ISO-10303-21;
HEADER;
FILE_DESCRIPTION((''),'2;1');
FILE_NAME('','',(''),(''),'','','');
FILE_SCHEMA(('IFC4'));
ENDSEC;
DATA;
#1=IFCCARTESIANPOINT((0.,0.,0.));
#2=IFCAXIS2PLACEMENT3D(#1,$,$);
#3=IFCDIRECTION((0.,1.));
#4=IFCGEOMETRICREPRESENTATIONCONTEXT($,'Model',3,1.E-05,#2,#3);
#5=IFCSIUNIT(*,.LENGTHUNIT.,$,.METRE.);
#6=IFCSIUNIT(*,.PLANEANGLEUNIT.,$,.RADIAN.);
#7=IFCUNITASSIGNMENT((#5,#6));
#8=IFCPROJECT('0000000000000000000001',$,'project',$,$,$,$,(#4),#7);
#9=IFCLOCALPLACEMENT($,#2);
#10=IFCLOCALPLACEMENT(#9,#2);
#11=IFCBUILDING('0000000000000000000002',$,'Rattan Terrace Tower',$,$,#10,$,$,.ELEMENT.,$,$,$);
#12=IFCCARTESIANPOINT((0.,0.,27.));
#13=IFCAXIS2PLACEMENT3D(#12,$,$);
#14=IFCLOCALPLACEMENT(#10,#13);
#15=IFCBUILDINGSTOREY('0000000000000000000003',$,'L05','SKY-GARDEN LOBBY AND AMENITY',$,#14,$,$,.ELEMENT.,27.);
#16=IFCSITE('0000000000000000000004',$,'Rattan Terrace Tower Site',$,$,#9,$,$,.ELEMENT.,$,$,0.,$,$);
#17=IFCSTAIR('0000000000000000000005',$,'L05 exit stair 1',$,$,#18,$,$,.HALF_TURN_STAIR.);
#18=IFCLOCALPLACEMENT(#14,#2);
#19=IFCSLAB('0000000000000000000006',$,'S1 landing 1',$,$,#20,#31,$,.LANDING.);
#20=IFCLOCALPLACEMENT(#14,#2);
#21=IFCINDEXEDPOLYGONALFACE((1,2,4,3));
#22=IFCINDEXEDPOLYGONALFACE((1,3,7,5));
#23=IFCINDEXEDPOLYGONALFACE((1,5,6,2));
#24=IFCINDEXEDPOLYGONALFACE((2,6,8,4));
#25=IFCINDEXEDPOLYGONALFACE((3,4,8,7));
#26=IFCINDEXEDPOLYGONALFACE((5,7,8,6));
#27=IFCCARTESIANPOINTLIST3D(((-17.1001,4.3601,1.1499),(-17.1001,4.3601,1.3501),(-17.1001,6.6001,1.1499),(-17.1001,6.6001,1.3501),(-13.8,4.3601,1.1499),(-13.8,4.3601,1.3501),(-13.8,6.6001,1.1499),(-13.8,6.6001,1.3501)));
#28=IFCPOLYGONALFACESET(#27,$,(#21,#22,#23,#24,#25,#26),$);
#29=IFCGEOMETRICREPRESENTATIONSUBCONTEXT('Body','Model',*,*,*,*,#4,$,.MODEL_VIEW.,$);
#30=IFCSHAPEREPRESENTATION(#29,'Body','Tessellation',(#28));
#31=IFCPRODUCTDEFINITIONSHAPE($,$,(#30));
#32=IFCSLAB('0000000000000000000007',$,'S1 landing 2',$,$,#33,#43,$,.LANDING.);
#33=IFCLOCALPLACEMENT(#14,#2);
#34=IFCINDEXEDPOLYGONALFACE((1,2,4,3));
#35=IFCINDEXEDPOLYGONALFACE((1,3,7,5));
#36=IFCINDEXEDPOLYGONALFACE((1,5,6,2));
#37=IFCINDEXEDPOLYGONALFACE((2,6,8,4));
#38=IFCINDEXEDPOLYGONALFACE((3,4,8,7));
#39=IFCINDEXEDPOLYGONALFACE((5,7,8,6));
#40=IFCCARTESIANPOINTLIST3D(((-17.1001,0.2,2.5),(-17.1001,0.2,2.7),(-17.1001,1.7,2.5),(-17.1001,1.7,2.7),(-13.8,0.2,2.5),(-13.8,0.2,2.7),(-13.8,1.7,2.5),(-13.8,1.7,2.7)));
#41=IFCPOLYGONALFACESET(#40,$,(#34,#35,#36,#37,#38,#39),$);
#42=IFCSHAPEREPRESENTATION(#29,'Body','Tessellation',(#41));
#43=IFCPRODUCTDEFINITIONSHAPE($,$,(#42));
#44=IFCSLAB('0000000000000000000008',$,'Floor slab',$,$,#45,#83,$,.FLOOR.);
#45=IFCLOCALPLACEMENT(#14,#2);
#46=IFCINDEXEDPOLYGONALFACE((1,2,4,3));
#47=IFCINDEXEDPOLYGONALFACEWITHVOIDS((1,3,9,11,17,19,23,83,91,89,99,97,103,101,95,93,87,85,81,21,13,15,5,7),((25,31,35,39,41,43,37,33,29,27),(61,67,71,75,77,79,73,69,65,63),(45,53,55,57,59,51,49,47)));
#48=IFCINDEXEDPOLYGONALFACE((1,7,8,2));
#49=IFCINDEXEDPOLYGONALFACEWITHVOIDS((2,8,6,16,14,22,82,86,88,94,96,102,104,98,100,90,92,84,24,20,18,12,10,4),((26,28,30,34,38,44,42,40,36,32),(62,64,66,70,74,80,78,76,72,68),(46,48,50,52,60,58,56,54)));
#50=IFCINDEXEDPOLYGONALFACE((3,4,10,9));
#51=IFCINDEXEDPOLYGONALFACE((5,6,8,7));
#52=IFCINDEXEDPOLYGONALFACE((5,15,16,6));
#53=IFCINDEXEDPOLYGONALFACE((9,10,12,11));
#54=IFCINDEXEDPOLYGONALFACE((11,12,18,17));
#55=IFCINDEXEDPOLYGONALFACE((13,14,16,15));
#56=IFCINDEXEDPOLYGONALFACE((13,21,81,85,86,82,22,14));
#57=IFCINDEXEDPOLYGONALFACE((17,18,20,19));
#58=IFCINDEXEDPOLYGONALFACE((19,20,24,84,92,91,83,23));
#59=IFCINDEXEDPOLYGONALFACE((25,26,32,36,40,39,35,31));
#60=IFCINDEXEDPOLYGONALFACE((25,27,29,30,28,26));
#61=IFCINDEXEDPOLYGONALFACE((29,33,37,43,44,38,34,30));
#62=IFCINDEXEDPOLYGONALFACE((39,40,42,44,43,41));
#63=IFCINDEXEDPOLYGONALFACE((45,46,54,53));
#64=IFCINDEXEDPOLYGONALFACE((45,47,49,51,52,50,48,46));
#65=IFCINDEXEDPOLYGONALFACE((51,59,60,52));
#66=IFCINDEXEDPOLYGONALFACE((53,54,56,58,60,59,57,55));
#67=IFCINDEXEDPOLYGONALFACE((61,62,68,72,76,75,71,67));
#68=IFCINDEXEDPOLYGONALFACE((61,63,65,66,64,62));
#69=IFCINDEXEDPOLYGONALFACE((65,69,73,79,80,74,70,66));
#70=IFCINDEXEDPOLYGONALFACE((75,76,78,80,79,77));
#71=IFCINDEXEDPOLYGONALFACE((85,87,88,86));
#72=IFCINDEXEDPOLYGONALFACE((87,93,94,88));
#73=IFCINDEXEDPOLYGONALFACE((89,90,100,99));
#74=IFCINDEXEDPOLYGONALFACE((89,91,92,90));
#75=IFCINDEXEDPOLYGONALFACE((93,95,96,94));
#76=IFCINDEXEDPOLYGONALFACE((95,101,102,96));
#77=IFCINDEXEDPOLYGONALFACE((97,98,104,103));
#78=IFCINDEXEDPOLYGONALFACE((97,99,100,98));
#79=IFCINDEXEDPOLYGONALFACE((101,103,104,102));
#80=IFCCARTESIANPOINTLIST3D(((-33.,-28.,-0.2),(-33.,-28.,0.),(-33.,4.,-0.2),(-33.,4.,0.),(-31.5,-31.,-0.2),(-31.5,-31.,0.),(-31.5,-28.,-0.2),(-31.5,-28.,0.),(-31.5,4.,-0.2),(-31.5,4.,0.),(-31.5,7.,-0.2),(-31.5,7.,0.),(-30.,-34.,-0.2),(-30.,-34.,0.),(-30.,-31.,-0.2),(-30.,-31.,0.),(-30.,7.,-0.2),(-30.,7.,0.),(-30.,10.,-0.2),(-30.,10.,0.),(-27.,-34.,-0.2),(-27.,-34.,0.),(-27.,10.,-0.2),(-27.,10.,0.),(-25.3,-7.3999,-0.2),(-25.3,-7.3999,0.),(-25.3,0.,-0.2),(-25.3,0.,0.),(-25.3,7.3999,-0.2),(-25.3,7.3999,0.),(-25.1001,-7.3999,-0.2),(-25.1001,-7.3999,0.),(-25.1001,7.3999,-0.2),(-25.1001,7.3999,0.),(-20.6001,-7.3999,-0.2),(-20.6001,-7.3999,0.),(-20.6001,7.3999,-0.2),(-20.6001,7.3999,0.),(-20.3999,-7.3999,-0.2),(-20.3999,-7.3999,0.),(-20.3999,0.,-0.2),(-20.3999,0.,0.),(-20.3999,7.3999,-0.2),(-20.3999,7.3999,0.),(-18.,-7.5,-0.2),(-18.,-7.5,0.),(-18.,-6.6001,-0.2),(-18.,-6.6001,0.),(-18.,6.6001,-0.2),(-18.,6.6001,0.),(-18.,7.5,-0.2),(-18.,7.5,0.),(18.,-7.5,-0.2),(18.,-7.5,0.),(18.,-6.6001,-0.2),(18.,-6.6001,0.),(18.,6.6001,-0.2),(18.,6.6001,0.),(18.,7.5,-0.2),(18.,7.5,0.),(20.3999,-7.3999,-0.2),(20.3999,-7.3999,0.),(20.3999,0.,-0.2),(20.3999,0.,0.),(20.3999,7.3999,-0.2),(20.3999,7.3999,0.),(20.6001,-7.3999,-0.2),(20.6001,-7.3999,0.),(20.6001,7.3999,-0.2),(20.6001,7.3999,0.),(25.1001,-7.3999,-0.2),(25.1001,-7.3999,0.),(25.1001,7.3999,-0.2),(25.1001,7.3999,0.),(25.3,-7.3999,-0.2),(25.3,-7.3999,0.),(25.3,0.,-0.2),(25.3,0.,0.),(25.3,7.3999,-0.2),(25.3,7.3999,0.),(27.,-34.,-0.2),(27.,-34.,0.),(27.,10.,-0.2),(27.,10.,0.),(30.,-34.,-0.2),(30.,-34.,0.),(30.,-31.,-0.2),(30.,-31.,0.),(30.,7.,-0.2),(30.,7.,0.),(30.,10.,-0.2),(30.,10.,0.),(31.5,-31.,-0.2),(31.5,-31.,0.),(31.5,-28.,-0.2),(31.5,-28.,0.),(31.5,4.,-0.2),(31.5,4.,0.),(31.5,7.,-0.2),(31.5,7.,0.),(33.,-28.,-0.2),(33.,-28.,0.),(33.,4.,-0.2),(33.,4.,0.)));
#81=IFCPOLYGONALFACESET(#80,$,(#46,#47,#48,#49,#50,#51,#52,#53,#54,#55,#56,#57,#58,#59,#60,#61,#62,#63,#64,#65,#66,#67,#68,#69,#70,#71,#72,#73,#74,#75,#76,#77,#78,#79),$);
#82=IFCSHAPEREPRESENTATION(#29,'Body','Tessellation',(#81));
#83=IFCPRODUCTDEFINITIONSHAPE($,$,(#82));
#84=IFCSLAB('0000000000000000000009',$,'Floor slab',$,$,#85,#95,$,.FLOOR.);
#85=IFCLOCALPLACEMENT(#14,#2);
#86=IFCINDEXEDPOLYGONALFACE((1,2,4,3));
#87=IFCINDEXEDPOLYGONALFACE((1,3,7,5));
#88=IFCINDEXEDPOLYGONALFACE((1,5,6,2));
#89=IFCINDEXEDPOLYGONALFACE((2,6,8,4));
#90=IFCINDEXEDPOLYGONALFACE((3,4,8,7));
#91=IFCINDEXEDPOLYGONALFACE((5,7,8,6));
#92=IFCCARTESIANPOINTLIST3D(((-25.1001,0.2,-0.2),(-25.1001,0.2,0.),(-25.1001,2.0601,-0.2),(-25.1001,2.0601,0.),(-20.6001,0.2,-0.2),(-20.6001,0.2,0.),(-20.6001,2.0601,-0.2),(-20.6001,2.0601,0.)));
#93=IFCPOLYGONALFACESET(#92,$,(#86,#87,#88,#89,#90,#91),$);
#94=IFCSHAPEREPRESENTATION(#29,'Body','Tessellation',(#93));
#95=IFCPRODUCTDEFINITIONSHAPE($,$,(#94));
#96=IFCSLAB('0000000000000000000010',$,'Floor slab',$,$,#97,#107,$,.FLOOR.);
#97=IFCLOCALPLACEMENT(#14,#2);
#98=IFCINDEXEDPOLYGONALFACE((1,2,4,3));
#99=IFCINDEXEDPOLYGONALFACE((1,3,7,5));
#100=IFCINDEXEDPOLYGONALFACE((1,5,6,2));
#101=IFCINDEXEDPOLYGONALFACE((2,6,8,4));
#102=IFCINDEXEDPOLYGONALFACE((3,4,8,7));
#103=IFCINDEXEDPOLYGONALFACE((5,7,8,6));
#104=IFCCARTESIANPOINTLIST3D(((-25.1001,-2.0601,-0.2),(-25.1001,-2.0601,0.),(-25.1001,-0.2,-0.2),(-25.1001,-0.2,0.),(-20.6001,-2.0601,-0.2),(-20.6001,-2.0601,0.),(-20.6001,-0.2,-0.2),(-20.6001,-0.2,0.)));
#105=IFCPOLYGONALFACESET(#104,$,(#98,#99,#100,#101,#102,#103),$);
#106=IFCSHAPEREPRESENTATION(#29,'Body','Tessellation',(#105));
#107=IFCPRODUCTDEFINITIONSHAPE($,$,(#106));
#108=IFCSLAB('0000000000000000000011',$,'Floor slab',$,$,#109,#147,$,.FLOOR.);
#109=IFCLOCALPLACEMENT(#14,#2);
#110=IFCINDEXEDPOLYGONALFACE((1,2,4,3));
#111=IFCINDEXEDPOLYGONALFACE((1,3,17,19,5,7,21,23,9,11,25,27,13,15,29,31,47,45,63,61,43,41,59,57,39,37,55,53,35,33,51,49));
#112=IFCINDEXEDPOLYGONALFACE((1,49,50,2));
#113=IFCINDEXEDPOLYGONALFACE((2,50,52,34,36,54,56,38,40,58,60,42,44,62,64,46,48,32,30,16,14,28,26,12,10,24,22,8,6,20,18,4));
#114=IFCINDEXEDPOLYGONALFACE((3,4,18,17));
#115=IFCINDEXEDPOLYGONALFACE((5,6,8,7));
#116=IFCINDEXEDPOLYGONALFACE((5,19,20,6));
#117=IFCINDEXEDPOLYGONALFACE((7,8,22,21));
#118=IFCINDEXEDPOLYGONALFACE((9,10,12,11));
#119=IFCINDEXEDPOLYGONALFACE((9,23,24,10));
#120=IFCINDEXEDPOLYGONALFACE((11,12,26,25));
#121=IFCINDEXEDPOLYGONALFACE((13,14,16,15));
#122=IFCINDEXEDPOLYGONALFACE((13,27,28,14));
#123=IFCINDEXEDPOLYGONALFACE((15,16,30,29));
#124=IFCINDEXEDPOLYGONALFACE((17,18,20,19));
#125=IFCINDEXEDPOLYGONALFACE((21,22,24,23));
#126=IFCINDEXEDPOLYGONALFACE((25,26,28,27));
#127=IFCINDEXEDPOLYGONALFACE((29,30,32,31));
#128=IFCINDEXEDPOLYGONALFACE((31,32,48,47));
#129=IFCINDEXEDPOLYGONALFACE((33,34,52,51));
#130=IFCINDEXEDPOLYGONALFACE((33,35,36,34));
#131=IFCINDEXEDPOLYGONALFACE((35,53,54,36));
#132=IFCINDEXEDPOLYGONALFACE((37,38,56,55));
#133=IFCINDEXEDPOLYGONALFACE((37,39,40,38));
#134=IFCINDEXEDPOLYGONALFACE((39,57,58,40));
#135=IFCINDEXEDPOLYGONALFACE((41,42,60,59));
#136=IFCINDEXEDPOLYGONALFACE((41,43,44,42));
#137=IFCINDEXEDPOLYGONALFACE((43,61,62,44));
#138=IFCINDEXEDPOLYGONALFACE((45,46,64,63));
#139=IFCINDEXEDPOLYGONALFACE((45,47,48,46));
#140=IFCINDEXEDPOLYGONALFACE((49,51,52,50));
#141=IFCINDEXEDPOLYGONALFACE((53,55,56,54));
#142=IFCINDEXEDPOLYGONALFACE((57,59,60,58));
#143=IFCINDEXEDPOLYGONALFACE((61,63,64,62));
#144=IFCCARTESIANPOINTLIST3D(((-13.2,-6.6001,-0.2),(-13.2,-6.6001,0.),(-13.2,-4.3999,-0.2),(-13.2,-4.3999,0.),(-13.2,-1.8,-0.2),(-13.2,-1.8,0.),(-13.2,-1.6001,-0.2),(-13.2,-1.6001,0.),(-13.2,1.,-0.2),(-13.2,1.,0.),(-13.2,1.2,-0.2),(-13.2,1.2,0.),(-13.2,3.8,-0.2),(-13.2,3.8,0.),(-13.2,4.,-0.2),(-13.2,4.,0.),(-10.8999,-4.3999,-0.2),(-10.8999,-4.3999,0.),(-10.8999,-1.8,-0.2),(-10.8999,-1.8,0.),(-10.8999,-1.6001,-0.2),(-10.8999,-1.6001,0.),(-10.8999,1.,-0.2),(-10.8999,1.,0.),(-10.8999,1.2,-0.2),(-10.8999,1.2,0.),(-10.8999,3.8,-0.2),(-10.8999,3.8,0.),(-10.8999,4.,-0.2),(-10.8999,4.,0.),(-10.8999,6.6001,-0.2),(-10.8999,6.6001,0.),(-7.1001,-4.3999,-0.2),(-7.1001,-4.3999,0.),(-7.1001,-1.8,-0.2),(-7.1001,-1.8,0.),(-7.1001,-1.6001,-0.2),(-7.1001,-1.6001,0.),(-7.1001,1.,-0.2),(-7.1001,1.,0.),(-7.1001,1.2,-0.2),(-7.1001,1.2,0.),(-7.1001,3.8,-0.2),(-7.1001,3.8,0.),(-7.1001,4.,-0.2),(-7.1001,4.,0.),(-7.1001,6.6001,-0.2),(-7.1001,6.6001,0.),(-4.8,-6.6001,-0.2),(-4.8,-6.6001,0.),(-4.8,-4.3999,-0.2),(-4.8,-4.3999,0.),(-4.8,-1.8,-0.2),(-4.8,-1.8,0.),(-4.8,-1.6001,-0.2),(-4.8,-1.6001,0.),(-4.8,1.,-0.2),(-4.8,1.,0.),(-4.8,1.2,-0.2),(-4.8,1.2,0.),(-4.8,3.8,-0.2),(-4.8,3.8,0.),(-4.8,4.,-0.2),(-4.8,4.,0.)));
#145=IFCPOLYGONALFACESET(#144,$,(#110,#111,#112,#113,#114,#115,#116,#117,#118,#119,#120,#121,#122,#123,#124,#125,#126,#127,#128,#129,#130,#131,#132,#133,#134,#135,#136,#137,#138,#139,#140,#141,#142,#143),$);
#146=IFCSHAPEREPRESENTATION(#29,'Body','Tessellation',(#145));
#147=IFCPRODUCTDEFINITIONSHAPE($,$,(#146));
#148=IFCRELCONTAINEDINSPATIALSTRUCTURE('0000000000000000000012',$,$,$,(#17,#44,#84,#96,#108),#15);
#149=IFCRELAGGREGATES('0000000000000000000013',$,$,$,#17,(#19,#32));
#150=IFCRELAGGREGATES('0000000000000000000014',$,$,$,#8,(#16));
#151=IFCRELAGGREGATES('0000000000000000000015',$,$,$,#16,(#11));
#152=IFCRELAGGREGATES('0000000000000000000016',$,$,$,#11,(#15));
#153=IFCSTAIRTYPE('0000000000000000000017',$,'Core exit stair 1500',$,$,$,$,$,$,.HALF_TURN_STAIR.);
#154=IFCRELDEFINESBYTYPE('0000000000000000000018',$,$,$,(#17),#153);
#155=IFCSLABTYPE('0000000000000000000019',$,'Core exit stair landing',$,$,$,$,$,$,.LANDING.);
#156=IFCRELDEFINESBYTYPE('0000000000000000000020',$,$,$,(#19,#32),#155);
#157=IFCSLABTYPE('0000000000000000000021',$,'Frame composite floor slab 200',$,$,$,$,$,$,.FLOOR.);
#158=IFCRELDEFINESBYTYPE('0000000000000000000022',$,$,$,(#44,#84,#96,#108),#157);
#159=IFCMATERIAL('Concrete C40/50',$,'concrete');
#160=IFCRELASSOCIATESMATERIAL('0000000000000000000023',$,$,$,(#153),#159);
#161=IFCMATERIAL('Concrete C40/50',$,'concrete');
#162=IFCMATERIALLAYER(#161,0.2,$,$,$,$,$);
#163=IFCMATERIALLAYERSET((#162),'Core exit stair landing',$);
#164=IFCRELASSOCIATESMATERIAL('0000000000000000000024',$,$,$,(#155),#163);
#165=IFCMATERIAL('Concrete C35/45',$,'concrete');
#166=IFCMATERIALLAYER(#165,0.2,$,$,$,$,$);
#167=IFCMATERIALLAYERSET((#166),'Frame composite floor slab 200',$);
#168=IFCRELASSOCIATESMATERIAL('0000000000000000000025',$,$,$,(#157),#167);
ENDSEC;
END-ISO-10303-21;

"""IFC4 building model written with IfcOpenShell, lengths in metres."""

from ifc_helpers import new_model, si_unit, direction, frame, origin, place, context, subcontext, project, spatial, polyline, outline, extrude, material, layer, layer_set, type_object, element, aggregate, save


model = new_model("IFC4")

# Units and contexts
model_context = context("Model", 3, precision=1e-05, world=origin(), true_north=direction((0.0, 1.0)))
body_context = subcontext(model_context, "Body", "Model", "MODEL_VIEW")
ifc_project = project(units=[si_unit("LENGTHUNIT", "METRE"), si_unit("PLANEANGLEUNIT", "RADIAN")], contexts=[model_context])

# Site, building, storey
site_placement = place(None, origin())
site = spatial("IfcSite", under=ifc_project, at=site_placement, Name="Rattan Terrace Tower Site", CompositionType="ELEMENT", RefElevation=0.0)
building_placement = place(site_placement, origin())
building = spatial("IfcBuilding", under=site, at=building_placement, Name="Rattan Terrace Tower", CompositionType="ELEMENT")
storey_placement = place(building_placement, frame((0.0, 0.0, 27.0)))
storey = spatial("IfcBuildingStorey", under=building, at=storey_placement, Name="L05", Description="SKY-GARDEN LOBBY AND AMENITY", CompositionType="ELEMENT", Elevation=27.0)

# Stair, slabs
ifc_material_1 = material(Name="Concrete C40/50", Category="concrete")
stair_type = type_object("IfcStairType", Name="Core exit stair 1500", PredefinedType="HALF_TURN_STAIR", material=ifc_material_1)
stair_placement = place(storey_placement, origin())
stair = element("IfcStair", 1, at=stair_placement, inside=storey, type_object=stair_type, Name="L05 exit stair 1", PredefinedType="HALF_TURN_STAIR")
ifc_material_2 = material(Name="Concrete C40/50", Category="concrete")
ifc_layer_1 = layer(ifc_material_2, 0.2)
ifc_layer_set_1 = layer_set([ifc_layer_1], Name="Core exit stair landing")
slab_type_1 = type_object("IfcSlabType", Name="Core exit stair landing", PredefinedType="LANDING", material=ifc_layer_set_1)
slab_1_placement = place(storey_placement, frame((0.0, 0.0, 1.1499)))
slab_1 = element("IfcSlab", 2, at=slab_1_placement, type_object=slab_type_1, Name="S1 landing 1", PredefinedType="LANDING", context=body_context, shape_type="SweptSolid", body=[
    extrude(outline(polyline([(-13.8, 4.3601), (-13.8, 6.6001), (-17.1001, 6.6001), (-17.1001, 4.3601), (-13.8, 4.3601)])), origin(), (0.0, 0.0, 1.0), 0.2002),
])
slab_2_placement = place(storey_placement, frame((0.0, 0.0, 2.5)))
slab_2 = element("IfcSlab", 3, at=slab_2_placement, type_object=slab_type_1, Name="S1 landing 2", PredefinedType="LANDING", context=body_context, shape_type="SweptSolid", body=[
    extrude(outline(polyline([(-13.8, 0.2), (-13.8, 1.7), (-17.1001, 1.7), (-17.1001, 0.2), (-13.8, 0.2)])), origin(), (0.0, 0.0, 1.0), 0.2),
])
aggregate(stair, [slab_1, slab_2])

# Slabs
ifc_material_3 = material(Name="Concrete C35/45", Category="concrete")
ifc_layer_2 = layer(ifc_material_3, 0.2)
ifc_layer_set_2 = layer_set([ifc_layer_2], Name="Frame composite floor slab 200")
slab_type_2 = type_object("IfcSlabType", Name="Frame composite floor slab 200", PredefinedType="FLOOR", material=ifc_layer_set_2)
slab_3_placement = place(storey_placement, frame((0.0, 0.0, -0.2)))
element("IfcSlab", 4, at=slab_3_placement, inside=storey, type_object=slab_type_2, Name="Floor slab", PredefinedType="FLOOR", context=body_context, shape_type="SweptSolid", body=[
    extrude(outline(polyline([(-27.0, -34.0), (27.0, -34.0), (30.0, -34.0), (30.0, -31.0), (31.5, -31.0), (31.5, -28.0), (33.0, -28.0), (33.0, 4.0), (31.5, 4.0), (31.5, 7.0), (30.0, 7.0), (30.0, 10.0), (27.0, 10.0), (-27.0, 10.0), (-30.0, 10.0), (-30.0, 7.0), (-31.5, 7.0), (-31.5, 4.0), (-33.0, 4.0), (-33.0, -28.0), (-31.5, -28.0), (-31.5, -31.0), (-30.0, -31.0), (-30.0, -34.0), (-27.0, -34.0)]), holes=[polyline([(-25.1001, -7.3999), (-25.1001, -7.3999), (-20.6001, -7.3999), (-20.6001, -7.3999), (-20.3999, -7.3999), (-20.3999, 0.0), (-20.3999, 7.3999), (-20.6001, 7.3999), (-20.6001, 7.3999), (-25.1001, 7.3999), (-25.1001, 7.3999), (-25.3, 7.3999), (-25.3, 0.0), (-25.3, -7.3999), (-25.1001, -7.3999)]), polyline([(18.0, -6.6001), (18.0, 6.6001), (18.0, 7.5), (-18.0, 7.5), (-18.0, 6.6001), (-18.0, -6.6001), (-18.0, -7.5), (18.0, -7.5), (18.0, -6.6001)]), polyline([(25.1001, -7.3999), (25.1001, -7.3999), (25.3, -7.3999), (25.3, 0.0), (25.3, 7.3999), (25.1001, 7.3999), (25.1001, 7.3999), (20.6001, 7.3999), (20.6001, 7.3999), (20.3999, 7.3999), (20.3999, 0.0), (20.3999, -7.3999), (20.6001, -7.3999), (20.6001, -7.3999), (25.1001, -7.3999)])]), origin(), (0.0, 0.0, 1.0), 0.2),
])
slab_4_placement = place(storey_placement, frame((0.0, 0.0, -0.2)))
element("IfcSlab", 5, at=slab_4_placement, inside=storey, type_object=slab_type_2, Name="Floor slab", PredefinedType="FLOOR", context=body_context, shape_type="SweptSolid", body=[
    extrude(outline(polyline([(-25.1001, 0.2), (-20.6001, 0.2), (-20.6001, 2.0601), (-25.1001, 2.0601), (-25.1001, 0.2)])), origin(), (0.0, 0.0, 1.0), 0.2),
])
slab_5_placement = place(storey_placement, frame((0.0, 0.0, -0.2)))
element("IfcSlab", 6, at=slab_5_placement, inside=storey, type_object=slab_type_2, Name="Floor slab", PredefinedType="FLOOR", context=body_context, shape_type="SweptSolid", body=[
    extrude(outline(polyline([(-20.6001, -2.0601), (-20.6001, -0.2), (-25.1001, -0.2), (-25.1001, -2.0601), (-20.6001, -2.0601)])), origin(), (0.0, 0.0, 1.0), 0.2),
])
slab_6_placement = place(storey_placement, frame((0.0, 0.0, -0.2)))
element("IfcSlab", 7, at=slab_6_placement, inside=storey, type_object=slab_type_2, Name="Floor slab", PredefinedType="FLOOR", context=body_context, shape_type="SweptSolid", body=[
    extrude(outline(polyline([(-10.8999, 6.6001), (-10.8999, 4.0), (-13.2, 4.0), (-13.2, 3.8), (-10.8999, 3.8), (-10.8999, 1.2), (-13.2, 1.2), (-13.2, 1.0), (-10.8999, 1.0), (-10.8999, -1.6001), (-13.2, -1.6001), (-13.2, -1.8), (-10.8999, -1.8), (-10.8999, -4.3999), (-13.2, -4.3999), (-13.2, -6.6001), (-4.8, -6.6001), (-4.8, -4.3999), (-7.1001, -4.3999), (-7.1001, -1.8), (-4.8, -1.8), (-4.8, -1.6001), (-7.1001, -1.6001), (-7.1001, 1.0), (-4.8, 1.0), (-4.8, 1.2), (-7.1001, 1.2), (-7.1001, 3.8), (-4.8, 3.8), (-4.8, 4.0), (-7.1001, 4.0), (-7.1001, 6.6001), (-10.8999, 6.6001)])), origin(), (0.0, 0.0, 1.0), 0.2),
])

save(model, "model.ifc")
